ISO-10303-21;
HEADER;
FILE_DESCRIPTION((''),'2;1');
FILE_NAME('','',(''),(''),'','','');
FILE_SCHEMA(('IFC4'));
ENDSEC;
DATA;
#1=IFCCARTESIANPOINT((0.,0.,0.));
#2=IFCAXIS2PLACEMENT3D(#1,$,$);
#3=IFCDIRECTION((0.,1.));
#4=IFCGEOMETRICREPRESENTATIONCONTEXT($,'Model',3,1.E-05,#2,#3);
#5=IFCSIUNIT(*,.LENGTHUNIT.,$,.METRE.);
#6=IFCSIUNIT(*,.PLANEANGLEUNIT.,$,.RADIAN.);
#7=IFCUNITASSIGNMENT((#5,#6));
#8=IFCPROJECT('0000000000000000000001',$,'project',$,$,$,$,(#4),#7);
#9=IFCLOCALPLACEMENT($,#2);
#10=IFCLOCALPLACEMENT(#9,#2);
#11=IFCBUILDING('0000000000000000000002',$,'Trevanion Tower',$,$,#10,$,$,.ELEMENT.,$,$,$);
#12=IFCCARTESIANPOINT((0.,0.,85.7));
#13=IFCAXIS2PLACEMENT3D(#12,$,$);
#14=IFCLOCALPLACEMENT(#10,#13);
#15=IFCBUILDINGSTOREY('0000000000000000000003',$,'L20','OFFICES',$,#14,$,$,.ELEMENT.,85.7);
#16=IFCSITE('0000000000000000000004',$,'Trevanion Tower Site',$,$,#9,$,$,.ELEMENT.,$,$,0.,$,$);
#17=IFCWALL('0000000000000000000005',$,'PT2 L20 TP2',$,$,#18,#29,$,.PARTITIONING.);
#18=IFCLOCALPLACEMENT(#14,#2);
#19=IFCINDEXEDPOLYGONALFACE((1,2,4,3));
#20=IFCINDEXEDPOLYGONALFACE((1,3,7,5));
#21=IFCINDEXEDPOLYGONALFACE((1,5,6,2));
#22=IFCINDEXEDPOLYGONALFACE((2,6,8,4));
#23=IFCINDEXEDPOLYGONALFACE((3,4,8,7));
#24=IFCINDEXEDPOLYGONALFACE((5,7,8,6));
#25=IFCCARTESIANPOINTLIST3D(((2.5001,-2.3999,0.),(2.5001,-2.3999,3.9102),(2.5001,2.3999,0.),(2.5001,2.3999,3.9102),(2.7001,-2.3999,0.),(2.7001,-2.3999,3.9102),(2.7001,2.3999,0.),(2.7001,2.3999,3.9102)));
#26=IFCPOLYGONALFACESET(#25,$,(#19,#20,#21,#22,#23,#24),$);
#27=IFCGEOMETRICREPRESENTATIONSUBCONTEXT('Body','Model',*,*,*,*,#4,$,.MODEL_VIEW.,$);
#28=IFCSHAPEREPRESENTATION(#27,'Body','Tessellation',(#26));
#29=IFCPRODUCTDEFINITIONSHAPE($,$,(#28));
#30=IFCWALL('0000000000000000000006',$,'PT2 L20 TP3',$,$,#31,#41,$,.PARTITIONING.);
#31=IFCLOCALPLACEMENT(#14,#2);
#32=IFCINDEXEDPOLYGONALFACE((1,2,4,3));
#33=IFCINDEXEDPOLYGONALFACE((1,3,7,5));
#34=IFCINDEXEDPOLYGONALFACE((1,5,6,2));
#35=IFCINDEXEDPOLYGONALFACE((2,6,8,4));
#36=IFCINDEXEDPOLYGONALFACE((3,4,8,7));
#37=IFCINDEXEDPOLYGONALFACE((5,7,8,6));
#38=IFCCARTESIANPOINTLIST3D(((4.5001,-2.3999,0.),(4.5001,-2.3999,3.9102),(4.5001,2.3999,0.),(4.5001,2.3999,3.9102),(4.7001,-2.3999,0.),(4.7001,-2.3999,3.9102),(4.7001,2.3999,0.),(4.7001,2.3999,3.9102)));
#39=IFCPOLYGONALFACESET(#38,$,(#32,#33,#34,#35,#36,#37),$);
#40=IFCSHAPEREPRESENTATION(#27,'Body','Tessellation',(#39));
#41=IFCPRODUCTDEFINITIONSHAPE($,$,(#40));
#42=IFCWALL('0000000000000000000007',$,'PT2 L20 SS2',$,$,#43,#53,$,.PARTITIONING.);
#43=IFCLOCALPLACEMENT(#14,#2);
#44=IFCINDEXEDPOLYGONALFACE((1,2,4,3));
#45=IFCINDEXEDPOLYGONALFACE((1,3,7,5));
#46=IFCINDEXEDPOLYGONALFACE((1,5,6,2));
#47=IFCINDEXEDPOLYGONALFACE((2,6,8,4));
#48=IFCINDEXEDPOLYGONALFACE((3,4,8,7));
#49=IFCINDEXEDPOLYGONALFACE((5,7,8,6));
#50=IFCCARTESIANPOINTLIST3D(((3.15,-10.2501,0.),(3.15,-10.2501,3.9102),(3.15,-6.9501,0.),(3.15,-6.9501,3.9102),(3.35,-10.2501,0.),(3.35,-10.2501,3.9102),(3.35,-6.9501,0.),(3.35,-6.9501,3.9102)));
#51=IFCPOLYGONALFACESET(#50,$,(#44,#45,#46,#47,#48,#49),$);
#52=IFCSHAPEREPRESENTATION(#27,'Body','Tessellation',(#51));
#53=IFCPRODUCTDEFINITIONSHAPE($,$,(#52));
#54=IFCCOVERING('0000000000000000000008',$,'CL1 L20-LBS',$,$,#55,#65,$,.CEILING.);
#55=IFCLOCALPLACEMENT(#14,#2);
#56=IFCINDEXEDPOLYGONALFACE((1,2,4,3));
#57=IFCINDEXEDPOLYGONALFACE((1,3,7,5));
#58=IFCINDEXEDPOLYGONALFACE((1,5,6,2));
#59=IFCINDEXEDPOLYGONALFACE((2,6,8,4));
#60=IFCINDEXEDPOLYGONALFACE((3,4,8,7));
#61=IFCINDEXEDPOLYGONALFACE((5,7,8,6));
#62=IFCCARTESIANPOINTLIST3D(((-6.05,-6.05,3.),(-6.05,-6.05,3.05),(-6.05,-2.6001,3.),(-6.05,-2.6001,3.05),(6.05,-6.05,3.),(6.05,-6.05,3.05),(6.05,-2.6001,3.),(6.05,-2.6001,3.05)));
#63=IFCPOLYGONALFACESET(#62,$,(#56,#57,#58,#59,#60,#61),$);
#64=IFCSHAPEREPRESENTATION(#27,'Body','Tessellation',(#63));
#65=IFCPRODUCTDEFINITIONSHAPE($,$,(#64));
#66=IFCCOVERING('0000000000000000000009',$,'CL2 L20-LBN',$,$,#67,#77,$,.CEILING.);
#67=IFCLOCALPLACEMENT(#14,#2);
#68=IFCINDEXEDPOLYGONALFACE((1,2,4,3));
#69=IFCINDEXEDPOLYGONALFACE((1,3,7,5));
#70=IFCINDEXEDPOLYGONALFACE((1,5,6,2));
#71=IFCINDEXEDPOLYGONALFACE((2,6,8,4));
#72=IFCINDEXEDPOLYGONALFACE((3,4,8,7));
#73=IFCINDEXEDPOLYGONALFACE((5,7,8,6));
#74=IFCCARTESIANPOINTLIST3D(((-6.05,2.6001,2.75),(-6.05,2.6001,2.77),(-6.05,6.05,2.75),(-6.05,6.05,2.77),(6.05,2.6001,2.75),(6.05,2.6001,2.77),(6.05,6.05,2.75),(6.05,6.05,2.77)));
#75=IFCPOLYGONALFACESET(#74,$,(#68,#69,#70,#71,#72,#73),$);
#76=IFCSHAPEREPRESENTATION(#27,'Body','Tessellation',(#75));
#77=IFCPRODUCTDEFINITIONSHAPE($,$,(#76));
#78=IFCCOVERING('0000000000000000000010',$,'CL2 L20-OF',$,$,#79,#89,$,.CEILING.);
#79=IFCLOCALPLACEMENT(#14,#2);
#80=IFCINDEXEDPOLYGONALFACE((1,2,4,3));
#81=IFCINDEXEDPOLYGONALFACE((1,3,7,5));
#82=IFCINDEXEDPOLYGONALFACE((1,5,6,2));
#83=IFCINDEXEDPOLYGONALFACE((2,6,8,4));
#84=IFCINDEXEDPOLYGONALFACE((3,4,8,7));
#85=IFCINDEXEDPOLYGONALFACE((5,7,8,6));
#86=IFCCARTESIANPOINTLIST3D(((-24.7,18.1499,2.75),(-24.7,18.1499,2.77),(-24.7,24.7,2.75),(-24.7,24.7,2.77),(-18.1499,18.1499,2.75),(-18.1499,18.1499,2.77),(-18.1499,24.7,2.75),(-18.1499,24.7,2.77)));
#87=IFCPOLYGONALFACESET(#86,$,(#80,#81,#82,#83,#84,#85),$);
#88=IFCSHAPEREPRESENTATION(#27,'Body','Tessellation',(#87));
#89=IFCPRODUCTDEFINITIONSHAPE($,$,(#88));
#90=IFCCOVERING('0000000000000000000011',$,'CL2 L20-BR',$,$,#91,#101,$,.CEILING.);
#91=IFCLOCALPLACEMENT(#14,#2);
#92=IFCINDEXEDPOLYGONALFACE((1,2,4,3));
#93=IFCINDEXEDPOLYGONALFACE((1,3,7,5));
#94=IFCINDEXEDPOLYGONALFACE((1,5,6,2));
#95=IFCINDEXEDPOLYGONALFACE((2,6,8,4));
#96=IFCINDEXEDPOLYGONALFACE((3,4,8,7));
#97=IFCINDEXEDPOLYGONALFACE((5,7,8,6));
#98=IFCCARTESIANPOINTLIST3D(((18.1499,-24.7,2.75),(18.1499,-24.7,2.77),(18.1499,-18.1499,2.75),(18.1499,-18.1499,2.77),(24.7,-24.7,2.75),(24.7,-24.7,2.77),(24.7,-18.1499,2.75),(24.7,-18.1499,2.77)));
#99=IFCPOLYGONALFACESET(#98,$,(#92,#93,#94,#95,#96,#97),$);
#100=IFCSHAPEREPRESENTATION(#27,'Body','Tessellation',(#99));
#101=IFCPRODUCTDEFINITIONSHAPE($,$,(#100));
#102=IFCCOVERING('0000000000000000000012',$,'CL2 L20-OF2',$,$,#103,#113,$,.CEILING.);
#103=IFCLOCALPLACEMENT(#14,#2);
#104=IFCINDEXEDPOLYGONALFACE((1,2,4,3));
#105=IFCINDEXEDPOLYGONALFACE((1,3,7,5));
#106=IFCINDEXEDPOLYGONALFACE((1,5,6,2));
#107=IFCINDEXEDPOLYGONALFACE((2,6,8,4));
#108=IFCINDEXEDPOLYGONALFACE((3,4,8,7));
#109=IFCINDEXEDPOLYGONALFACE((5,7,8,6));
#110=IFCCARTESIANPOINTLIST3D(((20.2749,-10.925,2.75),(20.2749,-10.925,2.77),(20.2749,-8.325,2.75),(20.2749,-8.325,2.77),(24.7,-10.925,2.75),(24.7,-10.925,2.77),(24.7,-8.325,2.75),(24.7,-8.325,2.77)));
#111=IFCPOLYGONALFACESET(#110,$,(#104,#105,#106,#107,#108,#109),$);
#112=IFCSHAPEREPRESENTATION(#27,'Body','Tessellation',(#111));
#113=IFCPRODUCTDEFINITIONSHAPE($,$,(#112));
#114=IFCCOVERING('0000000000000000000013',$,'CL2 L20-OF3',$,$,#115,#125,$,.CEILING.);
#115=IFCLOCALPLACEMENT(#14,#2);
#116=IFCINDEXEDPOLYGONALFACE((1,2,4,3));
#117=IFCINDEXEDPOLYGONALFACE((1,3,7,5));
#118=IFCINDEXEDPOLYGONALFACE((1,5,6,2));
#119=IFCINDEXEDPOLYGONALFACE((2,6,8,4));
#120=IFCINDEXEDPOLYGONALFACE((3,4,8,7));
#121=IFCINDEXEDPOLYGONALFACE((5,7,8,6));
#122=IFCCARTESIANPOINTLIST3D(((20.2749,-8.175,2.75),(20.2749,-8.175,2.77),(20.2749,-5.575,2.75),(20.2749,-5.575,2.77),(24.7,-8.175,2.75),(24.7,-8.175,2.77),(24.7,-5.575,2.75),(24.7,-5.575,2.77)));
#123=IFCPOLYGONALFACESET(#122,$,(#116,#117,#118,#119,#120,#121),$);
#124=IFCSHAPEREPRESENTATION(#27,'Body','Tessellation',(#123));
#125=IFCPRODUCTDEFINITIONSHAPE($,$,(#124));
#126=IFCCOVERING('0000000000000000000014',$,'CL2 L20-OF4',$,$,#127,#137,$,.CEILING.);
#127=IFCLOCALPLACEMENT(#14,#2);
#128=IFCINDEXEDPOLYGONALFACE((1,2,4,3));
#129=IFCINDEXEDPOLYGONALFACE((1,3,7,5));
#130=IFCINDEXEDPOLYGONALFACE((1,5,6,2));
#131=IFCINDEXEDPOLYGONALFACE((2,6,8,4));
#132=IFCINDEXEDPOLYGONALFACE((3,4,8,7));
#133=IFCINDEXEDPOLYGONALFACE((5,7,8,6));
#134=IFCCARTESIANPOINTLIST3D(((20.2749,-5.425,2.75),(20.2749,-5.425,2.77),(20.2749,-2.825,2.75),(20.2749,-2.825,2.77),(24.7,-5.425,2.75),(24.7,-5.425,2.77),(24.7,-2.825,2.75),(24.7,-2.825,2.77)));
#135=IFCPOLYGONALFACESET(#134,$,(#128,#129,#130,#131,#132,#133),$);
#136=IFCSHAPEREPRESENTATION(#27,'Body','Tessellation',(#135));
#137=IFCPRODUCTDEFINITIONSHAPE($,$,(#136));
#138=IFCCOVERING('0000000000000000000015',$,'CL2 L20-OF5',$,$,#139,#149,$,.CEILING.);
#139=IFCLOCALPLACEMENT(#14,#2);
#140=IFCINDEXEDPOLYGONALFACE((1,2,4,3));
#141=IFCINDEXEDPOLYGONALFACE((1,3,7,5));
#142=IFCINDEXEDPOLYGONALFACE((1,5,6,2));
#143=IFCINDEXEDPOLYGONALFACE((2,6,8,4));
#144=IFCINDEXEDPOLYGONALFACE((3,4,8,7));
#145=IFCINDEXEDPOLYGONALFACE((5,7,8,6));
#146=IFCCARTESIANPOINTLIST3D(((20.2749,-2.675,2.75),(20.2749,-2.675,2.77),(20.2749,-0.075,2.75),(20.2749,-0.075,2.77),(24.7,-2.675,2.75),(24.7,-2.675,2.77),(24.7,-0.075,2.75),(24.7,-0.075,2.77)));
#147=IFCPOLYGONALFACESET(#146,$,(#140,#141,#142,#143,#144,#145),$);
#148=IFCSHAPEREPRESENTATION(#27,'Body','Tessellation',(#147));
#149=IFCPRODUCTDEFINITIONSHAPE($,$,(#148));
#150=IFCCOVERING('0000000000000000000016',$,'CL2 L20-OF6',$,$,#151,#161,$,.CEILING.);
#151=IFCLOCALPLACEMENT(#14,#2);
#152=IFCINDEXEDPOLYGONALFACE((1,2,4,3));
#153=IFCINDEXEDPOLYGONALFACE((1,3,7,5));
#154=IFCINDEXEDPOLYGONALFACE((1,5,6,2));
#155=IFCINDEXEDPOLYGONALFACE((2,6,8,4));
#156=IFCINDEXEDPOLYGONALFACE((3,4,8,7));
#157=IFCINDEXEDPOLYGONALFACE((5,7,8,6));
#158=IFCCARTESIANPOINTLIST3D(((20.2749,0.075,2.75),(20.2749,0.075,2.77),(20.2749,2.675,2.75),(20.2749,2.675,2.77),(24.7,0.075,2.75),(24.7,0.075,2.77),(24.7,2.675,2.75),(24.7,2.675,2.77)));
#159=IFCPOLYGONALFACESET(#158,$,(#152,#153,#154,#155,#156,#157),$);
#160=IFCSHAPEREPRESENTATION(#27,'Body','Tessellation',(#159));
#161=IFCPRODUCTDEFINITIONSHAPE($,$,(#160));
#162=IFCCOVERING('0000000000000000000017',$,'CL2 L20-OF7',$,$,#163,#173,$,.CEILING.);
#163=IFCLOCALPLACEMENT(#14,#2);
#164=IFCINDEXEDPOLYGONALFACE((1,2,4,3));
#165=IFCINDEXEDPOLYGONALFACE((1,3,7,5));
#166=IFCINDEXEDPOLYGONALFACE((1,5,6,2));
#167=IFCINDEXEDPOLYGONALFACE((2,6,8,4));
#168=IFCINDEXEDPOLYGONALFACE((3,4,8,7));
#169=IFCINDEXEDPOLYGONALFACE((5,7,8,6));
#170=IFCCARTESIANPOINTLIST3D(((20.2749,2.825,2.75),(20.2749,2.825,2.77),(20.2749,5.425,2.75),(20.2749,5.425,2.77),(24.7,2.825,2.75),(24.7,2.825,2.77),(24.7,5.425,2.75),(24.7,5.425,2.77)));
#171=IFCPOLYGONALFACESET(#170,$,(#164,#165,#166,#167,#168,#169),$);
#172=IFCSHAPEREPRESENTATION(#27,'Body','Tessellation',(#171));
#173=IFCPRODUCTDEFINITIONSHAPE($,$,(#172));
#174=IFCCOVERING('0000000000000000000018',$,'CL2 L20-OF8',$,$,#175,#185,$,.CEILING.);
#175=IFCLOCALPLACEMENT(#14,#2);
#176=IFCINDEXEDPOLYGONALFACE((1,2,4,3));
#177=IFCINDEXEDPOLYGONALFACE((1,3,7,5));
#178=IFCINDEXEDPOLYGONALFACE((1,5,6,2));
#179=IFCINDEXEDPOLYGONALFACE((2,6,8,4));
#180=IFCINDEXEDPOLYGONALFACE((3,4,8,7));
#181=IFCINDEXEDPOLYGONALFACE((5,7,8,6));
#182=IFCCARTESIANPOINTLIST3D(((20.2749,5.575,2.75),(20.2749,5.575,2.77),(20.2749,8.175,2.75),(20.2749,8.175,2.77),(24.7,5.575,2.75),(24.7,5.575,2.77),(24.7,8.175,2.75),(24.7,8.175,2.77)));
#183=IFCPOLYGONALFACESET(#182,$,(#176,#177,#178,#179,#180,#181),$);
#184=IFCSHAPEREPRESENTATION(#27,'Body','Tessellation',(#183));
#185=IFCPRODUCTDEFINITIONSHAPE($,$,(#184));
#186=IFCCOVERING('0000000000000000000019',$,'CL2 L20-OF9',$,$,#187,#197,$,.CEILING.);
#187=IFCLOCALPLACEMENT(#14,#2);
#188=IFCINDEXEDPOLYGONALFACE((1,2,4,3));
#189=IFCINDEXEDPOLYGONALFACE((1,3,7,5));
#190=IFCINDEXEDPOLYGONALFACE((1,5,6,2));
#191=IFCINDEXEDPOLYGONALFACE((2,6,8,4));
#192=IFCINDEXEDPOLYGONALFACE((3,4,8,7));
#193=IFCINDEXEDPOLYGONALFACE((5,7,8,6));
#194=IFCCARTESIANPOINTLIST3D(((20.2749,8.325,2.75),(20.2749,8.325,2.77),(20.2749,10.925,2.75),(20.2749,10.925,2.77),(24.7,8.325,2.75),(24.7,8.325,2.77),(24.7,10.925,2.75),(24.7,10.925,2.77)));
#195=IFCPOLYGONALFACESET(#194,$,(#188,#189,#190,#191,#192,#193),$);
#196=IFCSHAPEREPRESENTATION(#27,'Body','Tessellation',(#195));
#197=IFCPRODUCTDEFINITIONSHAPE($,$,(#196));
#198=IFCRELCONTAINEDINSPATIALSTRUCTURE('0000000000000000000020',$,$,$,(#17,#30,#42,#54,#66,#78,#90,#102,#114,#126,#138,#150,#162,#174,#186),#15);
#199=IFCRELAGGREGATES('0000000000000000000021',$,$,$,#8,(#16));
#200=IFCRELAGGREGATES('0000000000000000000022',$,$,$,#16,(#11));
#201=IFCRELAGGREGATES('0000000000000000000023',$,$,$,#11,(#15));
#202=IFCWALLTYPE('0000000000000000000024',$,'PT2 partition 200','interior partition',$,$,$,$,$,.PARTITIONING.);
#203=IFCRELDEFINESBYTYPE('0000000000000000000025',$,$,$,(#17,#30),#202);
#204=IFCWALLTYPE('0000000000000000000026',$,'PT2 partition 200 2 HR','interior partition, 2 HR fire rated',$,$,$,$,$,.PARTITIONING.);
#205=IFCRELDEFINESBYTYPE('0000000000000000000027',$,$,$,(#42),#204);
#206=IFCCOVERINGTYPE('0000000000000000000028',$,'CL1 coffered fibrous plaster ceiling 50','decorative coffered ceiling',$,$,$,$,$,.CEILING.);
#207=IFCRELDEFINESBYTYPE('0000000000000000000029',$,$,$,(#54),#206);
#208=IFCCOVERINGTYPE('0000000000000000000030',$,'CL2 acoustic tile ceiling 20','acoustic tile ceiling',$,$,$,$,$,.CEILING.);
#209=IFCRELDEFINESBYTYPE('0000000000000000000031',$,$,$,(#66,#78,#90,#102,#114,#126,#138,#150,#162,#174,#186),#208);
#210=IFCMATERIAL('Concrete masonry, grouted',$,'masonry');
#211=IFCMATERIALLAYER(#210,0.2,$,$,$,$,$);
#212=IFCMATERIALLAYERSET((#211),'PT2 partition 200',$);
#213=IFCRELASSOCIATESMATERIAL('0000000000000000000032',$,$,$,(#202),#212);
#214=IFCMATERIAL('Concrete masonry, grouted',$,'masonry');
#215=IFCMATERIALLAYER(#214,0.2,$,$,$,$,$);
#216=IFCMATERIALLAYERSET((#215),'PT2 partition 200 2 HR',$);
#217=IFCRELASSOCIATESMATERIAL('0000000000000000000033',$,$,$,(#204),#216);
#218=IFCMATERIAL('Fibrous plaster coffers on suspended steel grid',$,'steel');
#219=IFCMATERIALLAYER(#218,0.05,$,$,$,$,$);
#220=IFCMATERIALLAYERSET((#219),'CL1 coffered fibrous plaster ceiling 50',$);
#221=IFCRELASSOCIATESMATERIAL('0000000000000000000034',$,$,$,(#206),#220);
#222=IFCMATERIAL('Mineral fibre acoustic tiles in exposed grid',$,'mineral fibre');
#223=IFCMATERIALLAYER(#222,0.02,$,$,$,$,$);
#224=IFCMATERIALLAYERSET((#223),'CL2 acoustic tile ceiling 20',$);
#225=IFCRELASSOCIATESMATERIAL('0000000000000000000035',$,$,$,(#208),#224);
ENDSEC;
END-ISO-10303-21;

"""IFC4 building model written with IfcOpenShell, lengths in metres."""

from ifc_helpers import new_model, si_unit, direction, frame, frame_2d, origin, place, context, subcontext, project, spatial, polyline, rectangle, outline, extrude, material, layer, layer_set, type_object, element, save


model = new_model("IFC4")

# Units and contexts
model_context = context("Model", 3, precision=1e-05, world=origin(), true_north=direction((0.0, 1.0)))
body_context = subcontext(model_context, "Body", "Model", "MODEL_VIEW")
ifc_project = project(units=[si_unit("LENGTHUNIT", "METRE"), si_unit("PLANEANGLEUNIT", "RADIAN")], contexts=[model_context])

# Site, building, storey
site_placement = place(None, origin())
site = spatial("IfcSite", under=ifc_project, at=site_placement, Name="Trevanion Tower Site", CompositionType="ELEMENT", RefElevation=0.0)
building_placement = place(site_placement, origin())
building = spatial("IfcBuilding", under=site, at=building_placement, Name="Trevanion Tower", CompositionType="ELEMENT")
storey_placement = place(building_placement, frame((0.0, 0.0, 85.7)))
storey = spatial("IfcBuildingStorey", under=building, at=storey_placement, Name="L20", Description="OFFICES", CompositionType="ELEMENT", Elevation=85.7)

# Walls
ifc_material_1 = material(Name="Concrete masonry, grouted", Category="masonry")
ifc_layer_1 = layer(ifc_material_1, 0.2)
ifc_layer_set_1 = layer_set([ifc_layer_1], Name="PT2 partition 200")
wall_type_1 = type_object("IfcWallType", Name="PT2 partition 200", Description="interior partition", PredefinedType="PARTITIONING", material=ifc_layer_set_1)
for number, where, z_axis, x_axis, name in (
    (1, (2.6001, -2.3999, 0.0), (0.0, 0.0, 1.0), (0.0, 1.0, 0.0), "PT2 L20 TP2"),
    (2, (4.6001, -2.3999, 0.0), (0.0, 0.0, 1.0), (0.0, 1.0, 0.0), "PT2 L20 TP3"),
):
    element("IfcWall", number, at=place(storey_placement, frame(where, z_axis=z_axis, x_axis=x_axis)), inside=storey, type_object=wall_type_1, Name=name, PredefinedType="PARTITIONING", context=body_context, shape_type="SweptSolid", body=[
        extrude(rectangle(XDim=4.7998, YDim=0.2, at=frame_2d((2.3999, 0.0))), origin(), (0.0, 0.0, 1.0), 3.9102),
    ])
ifc_material_2 = material(Name="Concrete masonry, grouted", Category="masonry")
ifc_layer_2 = layer(ifc_material_2, 0.2)
ifc_layer_set_2 = layer_set([ifc_layer_2], Name="PT2 partition 200 2 HR")
wall_type_2 = type_object("IfcWallType", Name="PT2 partition 200 2 HR", Description="interior partition, 2 HR fire rated", PredefinedType="PARTITIONING", material=ifc_layer_set_2)
wall_placement = place(storey_placement, frame((3.25, -10.25, 0.0), z_axis=(0.0, 0.0, 1.0), x_axis=(0.0, 1.0, 0.0)))
element("IfcWall", 3, at=wall_placement, inside=storey, type_object=wall_type_2, Name="PT2 L20 SS2", PredefinedType="PARTITIONING", context=body_context, shape_type="SweptSolid", body=[
    extrude(rectangle(XDim=3.3, YDim=0.2, at=frame_2d((1.6499, 0.0))), origin(), (0.0, 0.0, 1.0), 3.9102),
])

# Coverings
ifc_material_3 = material(Name="Fibrous plaster coffers on suspended steel grid", Category="steel")
ifc_layer_3 = layer(ifc_material_3, 0.05)
ifc_layer_set_3 = layer_set([ifc_layer_3], Name="CL1 coffered fibrous plaster ceiling 50")
covering_type_1 = type_object("IfcCoveringType", Name="CL1 coffered fibrous plaster ceiling 50", Description="decorative coffered ceiling", PredefinedType="CEILING", material=ifc_layer_set_3)
covering_1_placement = place(storey_placement, frame((0.0, 0.0, 3.0)))
element("IfcCovering", 4, at=covering_1_placement, inside=storey, type_object=covering_type_1, Name="CL1 L20-LBS", PredefinedType="CEILING", context=body_context, shape_type="SweptSolid", body=[
    extrude(outline(polyline([(6.05, -6.05), (6.05, -2.6001), (-6.05, -2.6001), (-6.05, -6.05), (6.05, -6.05)])), origin(), (0.0, 0.0, 1.0), 0.05),
])
ifc_material_4 = material(Name="Mineral fibre acoustic tiles in exposed grid", Category="mineral fibre")
ifc_layer_4 = layer(ifc_material_4, 0.02)
ifc_layer_set_4 = layer_set([ifc_layer_4], Name="CL2 acoustic tile ceiling 20")
covering_type_2 = type_object("IfcCoveringType", Name="CL2 acoustic tile ceiling 20", Description="acoustic tile ceiling", PredefinedType="CEILING", material=ifc_layer_set_4)
covering_2_placement = place(storey_placement, frame((0.0, 0.0, 2.75)))
element("IfcCovering", 5, at=covering_2_placement, inside=storey, type_object=covering_type_2, Name="CL2 L20-LBN", PredefinedType="CEILING", context=body_context, shape_type="SweptSolid", body=[
    extrude(outline(polyline([(6.05, 2.6001), (6.05, 6.05), (-6.05, 6.05), (-6.05, 2.6001), (6.05, 2.6001)])), origin(), (0.0, 0.0, 1.0), 0.02),
])
covering_3_placement = place(storey_placement, frame((0.0, 0.0, 2.75)))
element("IfcCovering", 6, at=covering_3_placement, inside=storey, type_object=covering_type_2, Name="CL2 L20-OF", PredefinedType="CEILING", context=body_context, shape_type="SweptSolid", body=[
    extrude(outline(polyline([(-18.1499, 18.1499), (-24.7, 18.1499), (-24.7, 24.7), (-18.1499, 24.7), (-18.1499, 18.1499)])), origin(), (0.0, 0.0, 1.0), 0.02),
])
covering_4_placement = place(storey_placement, frame((0.0, 0.0, 2.75)))
element("IfcCovering", 7, at=covering_4_placement, inside=storey, type_object=covering_type_2, Name="CL2 L20-BR", PredefinedType="CEILING", context=body_context, shape_type="SweptSolid", body=[
    extrude(outline(polyline([(18.1499, -18.1499), (24.7, -18.1499), (24.7, -24.7), (18.1499, -24.7), (18.1499, -18.1499)])), origin(), (0.0, 0.0, 1.0), 0.02),
])
covering_5_placement = place(storey_placement, frame((0.0, 0.0, 2.75)))
element("IfcCovering", 8, at=covering_5_placement, inside=storey, type_object=covering_type_2, Name="CL2 L20-OF2", PredefinedType="CEILING", context=body_context, shape_type="SweptSolid", body=[
    extrude(outline(polyline([(20.2749, -10.925), (20.2749, -8.325), (24.7, -8.325), (24.7, -10.925), (20.2749, -10.925)])), origin(), (0.0, 0.0, 1.0), 0.02),
])
covering_6_placement = place(storey_placement, frame((0.0, 0.0, 2.75)))
element("IfcCovering", 9, at=covering_6_placement, inside=storey, type_object=covering_type_2, Name="CL2 L20-OF3", PredefinedType="CEILING", context=body_context, shape_type="SweptSolid", body=[
    extrude(outline(polyline([(20.2749, -8.175), (20.2749, -5.575), (24.7, -5.575), (24.7, -8.175), (20.2749, -8.175)])), origin(), (0.0, 0.0, 1.0), 0.02),
])
covering_7_placement = place(storey_placement, frame((0.0, 0.0, 2.75)))
element("IfcCovering", 10, at=covering_7_placement, inside=storey, type_object=covering_type_2, Name="CL2 L20-OF4", PredefinedType="CEILING", context=body_context, shape_type="SweptSolid", body=[
    extrude(outline(polyline([(20.2749, -5.425), (20.2749, -2.825), (24.7, -2.825), (24.7, -5.425), (20.2749, -5.425)])), origin(), (0.0, 0.0, 1.0), 0.02),
])
covering_8_placement = place(storey_placement, frame((0.0, 0.0, 2.75)))
element("IfcCovering", 11, at=covering_8_placement, inside=storey, type_object=covering_type_2, Name="CL2 L20-OF5", PredefinedType="CEILING", context=body_context, shape_type="SweptSolid", body=[
    extrude(outline(polyline([(20.2749, -2.675), (20.2749, -0.075), (24.7, -0.075), (24.7, -2.675), (20.2749, -2.675)])), origin(), (0.0, 0.0, 1.0), 0.02),
])
covering_9_placement = place(storey_placement, frame((0.0, 0.0, 2.75)))
element("IfcCovering", 12, at=covering_9_placement, inside=storey, type_object=covering_type_2, Name="CL2 L20-OF6", PredefinedType="CEILING", context=body_context, shape_type="SweptSolid", body=[
    extrude(outline(polyline([(20.2749, 0.075), (20.2749, 2.675), (24.7, 2.675), (24.7, 0.075), (20.2749, 0.075)])), origin(), (0.0, 0.0, 1.0), 0.02),
])
covering_10_placement = place(storey_placement, frame((0.0, 0.0, 2.75)))
element("IfcCovering", 13, at=covering_10_placement, inside=storey, type_object=covering_type_2, Name="CL2 L20-OF7", PredefinedType="CEILING", context=body_context, shape_type="SweptSolid", body=[
    extrude(outline(polyline([(20.2749, 2.825), (20.2749, 5.425), (24.7, 5.425), (24.7, 2.825), (20.2749, 2.825)])), origin(), (0.0, 0.0, 1.0), 0.02),
])
covering_11_placement = place(storey_placement, frame((0.0, 0.0, 2.75)))
element("IfcCovering", 14, at=covering_11_placement, inside=storey, type_object=covering_type_2, Name="CL2 L20-OF8", PredefinedType="CEILING", context=body_context, shape_type="SweptSolid", body=[
    extrude(outline(polyline([(20.2749, 5.575), (20.2749, 8.175), (24.7, 8.175), (24.7, 5.575), (20.2749, 5.575)])), origin(), (0.0, 0.0, 1.0), 0.02),
])
covering_12_placement = place(storey_placement, frame((0.0, 0.0, 2.75)))
element("IfcCovering", 15, at=covering_12_placement, inside=storey, type_object=covering_type_2, Name="CL2 L20-OF9", PredefinedType="CEILING", context=body_context, shape_type="SweptSolid", body=[
    extrude(outline(polyline([(20.2749, 8.325), (20.2749, 10.925), (24.7, 10.925), (24.7, 8.325), (20.2749, 8.325)])), origin(), (0.0, 0.0, 1.0), 0.02),
])

save(model, "model.ifc")
